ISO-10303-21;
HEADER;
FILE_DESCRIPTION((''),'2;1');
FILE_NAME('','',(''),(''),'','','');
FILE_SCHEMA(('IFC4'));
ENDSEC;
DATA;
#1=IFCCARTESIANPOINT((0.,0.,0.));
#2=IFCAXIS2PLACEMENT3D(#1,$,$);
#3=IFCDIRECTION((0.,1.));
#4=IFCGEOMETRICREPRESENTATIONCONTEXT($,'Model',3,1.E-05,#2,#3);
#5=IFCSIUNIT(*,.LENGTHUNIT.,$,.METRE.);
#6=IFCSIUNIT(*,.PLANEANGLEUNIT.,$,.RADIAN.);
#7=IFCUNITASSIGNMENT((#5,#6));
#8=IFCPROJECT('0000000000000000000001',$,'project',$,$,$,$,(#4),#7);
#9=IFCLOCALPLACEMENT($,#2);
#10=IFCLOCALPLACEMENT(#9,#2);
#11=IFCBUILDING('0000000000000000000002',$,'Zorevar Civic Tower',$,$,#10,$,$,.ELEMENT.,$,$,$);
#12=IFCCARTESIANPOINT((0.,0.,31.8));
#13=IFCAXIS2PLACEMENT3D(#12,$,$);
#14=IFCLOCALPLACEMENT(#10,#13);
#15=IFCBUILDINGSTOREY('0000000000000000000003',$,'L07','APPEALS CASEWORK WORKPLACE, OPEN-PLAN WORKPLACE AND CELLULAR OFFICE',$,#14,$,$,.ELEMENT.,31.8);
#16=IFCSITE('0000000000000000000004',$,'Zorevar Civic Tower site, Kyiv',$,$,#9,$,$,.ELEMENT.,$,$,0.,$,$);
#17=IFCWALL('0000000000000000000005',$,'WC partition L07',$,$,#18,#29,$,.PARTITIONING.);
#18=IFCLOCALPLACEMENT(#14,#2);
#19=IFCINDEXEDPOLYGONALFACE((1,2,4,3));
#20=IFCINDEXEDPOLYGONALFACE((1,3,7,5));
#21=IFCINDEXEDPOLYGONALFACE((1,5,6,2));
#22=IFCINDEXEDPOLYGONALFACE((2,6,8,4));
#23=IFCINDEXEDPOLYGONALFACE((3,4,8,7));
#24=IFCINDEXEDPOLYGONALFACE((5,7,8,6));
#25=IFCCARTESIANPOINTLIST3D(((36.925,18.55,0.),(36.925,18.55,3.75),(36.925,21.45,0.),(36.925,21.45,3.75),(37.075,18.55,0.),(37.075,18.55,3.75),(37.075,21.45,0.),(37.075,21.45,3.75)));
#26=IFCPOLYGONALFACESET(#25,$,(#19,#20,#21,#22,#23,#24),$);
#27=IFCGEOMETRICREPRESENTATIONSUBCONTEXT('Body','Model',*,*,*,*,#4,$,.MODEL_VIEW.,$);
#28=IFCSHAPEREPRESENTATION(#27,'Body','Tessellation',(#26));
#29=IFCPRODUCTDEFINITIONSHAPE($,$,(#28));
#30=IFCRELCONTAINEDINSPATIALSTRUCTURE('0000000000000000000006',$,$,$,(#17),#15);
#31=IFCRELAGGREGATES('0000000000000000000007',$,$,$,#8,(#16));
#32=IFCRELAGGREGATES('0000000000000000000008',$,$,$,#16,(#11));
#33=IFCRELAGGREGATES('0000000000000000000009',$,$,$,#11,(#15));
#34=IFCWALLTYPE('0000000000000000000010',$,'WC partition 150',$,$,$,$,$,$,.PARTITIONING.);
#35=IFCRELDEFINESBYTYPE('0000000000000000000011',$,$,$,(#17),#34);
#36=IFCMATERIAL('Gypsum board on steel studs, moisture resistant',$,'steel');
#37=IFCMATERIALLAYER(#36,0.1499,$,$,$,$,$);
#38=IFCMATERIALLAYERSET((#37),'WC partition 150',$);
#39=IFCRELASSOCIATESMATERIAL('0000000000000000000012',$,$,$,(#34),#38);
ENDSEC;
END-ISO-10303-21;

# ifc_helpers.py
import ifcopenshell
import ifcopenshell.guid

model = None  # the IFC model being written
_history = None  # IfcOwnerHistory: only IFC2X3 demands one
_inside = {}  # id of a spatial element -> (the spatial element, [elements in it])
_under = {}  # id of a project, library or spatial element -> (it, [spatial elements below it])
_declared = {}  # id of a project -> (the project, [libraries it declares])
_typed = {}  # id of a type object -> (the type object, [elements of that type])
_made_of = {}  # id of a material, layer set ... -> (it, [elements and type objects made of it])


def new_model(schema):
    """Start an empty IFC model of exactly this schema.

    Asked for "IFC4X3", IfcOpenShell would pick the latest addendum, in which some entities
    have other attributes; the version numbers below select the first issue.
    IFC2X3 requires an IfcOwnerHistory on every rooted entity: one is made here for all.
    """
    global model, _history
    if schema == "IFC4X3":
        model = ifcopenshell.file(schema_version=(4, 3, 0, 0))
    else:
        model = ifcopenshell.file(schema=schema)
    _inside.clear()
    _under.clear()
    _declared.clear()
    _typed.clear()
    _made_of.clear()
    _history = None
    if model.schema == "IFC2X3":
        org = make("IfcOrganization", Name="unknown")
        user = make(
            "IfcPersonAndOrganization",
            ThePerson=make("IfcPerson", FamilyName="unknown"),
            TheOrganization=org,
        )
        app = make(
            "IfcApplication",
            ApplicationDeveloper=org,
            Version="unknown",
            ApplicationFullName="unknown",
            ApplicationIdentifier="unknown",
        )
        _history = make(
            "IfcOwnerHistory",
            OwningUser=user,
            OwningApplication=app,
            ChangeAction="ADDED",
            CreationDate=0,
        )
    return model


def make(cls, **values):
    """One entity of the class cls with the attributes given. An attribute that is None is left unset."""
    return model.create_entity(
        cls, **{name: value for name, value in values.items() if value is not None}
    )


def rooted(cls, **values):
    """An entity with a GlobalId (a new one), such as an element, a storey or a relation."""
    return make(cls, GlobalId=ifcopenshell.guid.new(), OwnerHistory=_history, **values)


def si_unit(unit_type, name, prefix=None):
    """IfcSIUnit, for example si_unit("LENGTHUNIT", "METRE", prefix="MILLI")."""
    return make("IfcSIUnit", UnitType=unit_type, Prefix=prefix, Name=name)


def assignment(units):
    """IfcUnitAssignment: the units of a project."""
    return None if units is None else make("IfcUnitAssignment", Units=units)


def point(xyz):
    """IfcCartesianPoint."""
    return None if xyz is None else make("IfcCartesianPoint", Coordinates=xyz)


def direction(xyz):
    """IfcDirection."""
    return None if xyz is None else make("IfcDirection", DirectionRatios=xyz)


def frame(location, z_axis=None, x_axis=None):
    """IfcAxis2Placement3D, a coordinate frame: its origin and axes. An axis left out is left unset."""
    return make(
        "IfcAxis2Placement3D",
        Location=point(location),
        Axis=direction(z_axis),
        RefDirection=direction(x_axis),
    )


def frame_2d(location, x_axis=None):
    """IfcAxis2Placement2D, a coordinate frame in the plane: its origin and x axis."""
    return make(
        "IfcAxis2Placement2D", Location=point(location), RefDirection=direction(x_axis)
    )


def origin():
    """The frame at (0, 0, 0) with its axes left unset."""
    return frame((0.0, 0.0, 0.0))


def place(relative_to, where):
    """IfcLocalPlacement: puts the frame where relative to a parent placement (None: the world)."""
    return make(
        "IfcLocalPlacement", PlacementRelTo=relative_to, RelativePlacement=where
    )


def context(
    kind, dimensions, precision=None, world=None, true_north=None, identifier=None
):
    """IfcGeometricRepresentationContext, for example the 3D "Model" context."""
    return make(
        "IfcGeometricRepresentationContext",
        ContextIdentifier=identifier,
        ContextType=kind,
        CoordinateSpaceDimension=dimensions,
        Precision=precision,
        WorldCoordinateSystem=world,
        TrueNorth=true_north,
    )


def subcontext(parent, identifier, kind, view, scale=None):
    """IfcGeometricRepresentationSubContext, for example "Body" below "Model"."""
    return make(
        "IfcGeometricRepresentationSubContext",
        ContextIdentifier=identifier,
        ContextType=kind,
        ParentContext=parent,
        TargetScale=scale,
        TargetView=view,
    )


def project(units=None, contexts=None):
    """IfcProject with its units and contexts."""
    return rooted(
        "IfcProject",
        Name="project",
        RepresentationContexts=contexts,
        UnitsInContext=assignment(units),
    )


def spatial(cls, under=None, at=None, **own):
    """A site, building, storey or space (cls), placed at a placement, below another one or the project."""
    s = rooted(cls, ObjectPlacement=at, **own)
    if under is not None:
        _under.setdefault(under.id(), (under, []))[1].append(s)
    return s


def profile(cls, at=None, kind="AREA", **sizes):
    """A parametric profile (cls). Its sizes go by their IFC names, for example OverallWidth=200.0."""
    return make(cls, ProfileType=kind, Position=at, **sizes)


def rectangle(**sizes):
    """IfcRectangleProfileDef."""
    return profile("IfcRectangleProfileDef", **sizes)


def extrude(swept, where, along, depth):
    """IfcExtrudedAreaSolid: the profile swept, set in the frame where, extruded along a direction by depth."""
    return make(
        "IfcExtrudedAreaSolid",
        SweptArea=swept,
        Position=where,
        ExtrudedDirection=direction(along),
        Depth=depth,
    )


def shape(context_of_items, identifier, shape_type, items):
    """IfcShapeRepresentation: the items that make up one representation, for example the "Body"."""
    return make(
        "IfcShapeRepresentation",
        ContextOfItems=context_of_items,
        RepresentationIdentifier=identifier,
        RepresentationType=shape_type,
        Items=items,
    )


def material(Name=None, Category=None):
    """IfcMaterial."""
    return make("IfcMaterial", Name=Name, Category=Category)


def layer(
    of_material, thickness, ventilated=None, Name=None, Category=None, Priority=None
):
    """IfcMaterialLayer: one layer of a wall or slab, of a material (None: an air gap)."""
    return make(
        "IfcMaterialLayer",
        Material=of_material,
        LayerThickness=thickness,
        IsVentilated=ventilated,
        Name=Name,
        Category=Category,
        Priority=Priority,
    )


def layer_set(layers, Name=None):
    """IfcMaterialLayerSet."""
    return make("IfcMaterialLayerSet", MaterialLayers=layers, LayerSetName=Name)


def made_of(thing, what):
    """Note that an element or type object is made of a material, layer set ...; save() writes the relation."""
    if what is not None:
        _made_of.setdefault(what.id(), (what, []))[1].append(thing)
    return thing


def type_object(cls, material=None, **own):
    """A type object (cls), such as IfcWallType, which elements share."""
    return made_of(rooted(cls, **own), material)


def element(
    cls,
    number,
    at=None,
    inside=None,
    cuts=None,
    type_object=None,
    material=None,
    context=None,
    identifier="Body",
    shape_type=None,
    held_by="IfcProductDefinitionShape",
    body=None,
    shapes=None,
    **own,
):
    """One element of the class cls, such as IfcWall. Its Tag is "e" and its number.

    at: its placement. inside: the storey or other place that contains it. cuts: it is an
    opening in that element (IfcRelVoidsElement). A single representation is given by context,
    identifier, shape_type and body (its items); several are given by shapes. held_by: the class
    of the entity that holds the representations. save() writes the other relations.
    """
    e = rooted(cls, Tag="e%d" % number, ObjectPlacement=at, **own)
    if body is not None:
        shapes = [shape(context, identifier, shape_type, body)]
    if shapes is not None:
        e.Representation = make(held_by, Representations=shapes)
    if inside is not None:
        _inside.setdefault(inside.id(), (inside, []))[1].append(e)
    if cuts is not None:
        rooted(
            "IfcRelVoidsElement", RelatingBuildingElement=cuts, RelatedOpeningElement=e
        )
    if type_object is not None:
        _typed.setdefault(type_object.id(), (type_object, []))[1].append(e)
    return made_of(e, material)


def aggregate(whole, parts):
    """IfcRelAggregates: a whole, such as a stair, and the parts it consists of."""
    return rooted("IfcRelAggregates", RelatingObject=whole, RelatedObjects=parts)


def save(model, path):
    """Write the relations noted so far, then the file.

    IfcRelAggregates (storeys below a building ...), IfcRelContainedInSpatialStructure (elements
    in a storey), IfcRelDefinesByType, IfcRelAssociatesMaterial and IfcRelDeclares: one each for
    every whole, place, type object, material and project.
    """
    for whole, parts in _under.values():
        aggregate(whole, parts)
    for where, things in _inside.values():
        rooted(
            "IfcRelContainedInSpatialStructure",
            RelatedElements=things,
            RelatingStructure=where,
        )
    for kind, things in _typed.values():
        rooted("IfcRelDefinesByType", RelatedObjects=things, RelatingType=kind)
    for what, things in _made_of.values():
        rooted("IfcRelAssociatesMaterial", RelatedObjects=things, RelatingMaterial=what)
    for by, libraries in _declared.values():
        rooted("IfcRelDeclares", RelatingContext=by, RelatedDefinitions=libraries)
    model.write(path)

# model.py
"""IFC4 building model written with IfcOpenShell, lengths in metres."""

from ifc_helpers import new_model, si_unit, direction, frame, frame_2d, origin, place, context, subcontext, project, spatial, rectangle, extrude, material, layer, layer_set, type_object, element, save


model = new_model("IFC4")

# Units and contexts
model_context = context("Model", 3, precision=1e-05, world=origin(), true_north=direction((0.0, 1.0)))
body_context = subcontext(model_context, "Body", "Model", "MODEL_VIEW")
ifc_project = project(units=[si_unit("LENGTHUNIT", "METRE"), si_unit("PLANEANGLEUNIT", "RADIAN")], contexts=[model_context])

# Site, building, storey
site_placement = place(None, origin())
site = spatial("IfcSite", under=ifc_project, at=site_placement, Name="Zorevar Civic Tower site, Kyiv", CompositionType="ELEMENT", RefElevation=0.0)
building_placement = place(site_placement, origin())
building = spatial("IfcBuilding", under=site, at=building_placement, Name="Zorevar Civic Tower", CompositionType="ELEMENT")
storey_placement = place(building_placement, frame((0.0, 0.0, 31.8)))
storey = spatial("IfcBuildingStorey", under=building, at=storey_placement, Name="L07", Description="APPEALS CASEWORK WORKPLACE, OPEN-PLAN WORKPLACE AND CELLULAR OFFICE", CompositionType="ELEMENT", Elevation=31.8)

# Wall
ifc_material_1 = material(Name="Gypsum board on steel studs, moisture resistant", Category="steel")
ifc_layer_1 = layer(ifc_material_1, 0.1499)
ifc_layer_set_1 = layer_set([ifc_layer_1], Name="WC partition 150")
wall_type_1 = type_object("IfcWallType", Name="WC partition 150", PredefinedType="PARTITIONING", material=ifc_layer_set_1)
wall_1_placement = place(storey_placement, frame((37.0, 18.55, 0.0), z_axis=(0.0, 0.0, 1.0), x_axis=(0.0, 1.0, 0.0)))
element("IfcWall", 1, at=wall_1_placement, inside=storey, type_object=wall_type_1, Name="WC partition L07", PredefinedType="PARTITIONING", context=body_context, shape_type="SweptSolid", body=[
    extrude(rectangle(XDim=2.8999, YDim=0.1499, at=frame_2d((1.45, 0.0))), origin(), (0.0, 0.0, 1.0), 3.75),
])

save(model, "model.ifc")
